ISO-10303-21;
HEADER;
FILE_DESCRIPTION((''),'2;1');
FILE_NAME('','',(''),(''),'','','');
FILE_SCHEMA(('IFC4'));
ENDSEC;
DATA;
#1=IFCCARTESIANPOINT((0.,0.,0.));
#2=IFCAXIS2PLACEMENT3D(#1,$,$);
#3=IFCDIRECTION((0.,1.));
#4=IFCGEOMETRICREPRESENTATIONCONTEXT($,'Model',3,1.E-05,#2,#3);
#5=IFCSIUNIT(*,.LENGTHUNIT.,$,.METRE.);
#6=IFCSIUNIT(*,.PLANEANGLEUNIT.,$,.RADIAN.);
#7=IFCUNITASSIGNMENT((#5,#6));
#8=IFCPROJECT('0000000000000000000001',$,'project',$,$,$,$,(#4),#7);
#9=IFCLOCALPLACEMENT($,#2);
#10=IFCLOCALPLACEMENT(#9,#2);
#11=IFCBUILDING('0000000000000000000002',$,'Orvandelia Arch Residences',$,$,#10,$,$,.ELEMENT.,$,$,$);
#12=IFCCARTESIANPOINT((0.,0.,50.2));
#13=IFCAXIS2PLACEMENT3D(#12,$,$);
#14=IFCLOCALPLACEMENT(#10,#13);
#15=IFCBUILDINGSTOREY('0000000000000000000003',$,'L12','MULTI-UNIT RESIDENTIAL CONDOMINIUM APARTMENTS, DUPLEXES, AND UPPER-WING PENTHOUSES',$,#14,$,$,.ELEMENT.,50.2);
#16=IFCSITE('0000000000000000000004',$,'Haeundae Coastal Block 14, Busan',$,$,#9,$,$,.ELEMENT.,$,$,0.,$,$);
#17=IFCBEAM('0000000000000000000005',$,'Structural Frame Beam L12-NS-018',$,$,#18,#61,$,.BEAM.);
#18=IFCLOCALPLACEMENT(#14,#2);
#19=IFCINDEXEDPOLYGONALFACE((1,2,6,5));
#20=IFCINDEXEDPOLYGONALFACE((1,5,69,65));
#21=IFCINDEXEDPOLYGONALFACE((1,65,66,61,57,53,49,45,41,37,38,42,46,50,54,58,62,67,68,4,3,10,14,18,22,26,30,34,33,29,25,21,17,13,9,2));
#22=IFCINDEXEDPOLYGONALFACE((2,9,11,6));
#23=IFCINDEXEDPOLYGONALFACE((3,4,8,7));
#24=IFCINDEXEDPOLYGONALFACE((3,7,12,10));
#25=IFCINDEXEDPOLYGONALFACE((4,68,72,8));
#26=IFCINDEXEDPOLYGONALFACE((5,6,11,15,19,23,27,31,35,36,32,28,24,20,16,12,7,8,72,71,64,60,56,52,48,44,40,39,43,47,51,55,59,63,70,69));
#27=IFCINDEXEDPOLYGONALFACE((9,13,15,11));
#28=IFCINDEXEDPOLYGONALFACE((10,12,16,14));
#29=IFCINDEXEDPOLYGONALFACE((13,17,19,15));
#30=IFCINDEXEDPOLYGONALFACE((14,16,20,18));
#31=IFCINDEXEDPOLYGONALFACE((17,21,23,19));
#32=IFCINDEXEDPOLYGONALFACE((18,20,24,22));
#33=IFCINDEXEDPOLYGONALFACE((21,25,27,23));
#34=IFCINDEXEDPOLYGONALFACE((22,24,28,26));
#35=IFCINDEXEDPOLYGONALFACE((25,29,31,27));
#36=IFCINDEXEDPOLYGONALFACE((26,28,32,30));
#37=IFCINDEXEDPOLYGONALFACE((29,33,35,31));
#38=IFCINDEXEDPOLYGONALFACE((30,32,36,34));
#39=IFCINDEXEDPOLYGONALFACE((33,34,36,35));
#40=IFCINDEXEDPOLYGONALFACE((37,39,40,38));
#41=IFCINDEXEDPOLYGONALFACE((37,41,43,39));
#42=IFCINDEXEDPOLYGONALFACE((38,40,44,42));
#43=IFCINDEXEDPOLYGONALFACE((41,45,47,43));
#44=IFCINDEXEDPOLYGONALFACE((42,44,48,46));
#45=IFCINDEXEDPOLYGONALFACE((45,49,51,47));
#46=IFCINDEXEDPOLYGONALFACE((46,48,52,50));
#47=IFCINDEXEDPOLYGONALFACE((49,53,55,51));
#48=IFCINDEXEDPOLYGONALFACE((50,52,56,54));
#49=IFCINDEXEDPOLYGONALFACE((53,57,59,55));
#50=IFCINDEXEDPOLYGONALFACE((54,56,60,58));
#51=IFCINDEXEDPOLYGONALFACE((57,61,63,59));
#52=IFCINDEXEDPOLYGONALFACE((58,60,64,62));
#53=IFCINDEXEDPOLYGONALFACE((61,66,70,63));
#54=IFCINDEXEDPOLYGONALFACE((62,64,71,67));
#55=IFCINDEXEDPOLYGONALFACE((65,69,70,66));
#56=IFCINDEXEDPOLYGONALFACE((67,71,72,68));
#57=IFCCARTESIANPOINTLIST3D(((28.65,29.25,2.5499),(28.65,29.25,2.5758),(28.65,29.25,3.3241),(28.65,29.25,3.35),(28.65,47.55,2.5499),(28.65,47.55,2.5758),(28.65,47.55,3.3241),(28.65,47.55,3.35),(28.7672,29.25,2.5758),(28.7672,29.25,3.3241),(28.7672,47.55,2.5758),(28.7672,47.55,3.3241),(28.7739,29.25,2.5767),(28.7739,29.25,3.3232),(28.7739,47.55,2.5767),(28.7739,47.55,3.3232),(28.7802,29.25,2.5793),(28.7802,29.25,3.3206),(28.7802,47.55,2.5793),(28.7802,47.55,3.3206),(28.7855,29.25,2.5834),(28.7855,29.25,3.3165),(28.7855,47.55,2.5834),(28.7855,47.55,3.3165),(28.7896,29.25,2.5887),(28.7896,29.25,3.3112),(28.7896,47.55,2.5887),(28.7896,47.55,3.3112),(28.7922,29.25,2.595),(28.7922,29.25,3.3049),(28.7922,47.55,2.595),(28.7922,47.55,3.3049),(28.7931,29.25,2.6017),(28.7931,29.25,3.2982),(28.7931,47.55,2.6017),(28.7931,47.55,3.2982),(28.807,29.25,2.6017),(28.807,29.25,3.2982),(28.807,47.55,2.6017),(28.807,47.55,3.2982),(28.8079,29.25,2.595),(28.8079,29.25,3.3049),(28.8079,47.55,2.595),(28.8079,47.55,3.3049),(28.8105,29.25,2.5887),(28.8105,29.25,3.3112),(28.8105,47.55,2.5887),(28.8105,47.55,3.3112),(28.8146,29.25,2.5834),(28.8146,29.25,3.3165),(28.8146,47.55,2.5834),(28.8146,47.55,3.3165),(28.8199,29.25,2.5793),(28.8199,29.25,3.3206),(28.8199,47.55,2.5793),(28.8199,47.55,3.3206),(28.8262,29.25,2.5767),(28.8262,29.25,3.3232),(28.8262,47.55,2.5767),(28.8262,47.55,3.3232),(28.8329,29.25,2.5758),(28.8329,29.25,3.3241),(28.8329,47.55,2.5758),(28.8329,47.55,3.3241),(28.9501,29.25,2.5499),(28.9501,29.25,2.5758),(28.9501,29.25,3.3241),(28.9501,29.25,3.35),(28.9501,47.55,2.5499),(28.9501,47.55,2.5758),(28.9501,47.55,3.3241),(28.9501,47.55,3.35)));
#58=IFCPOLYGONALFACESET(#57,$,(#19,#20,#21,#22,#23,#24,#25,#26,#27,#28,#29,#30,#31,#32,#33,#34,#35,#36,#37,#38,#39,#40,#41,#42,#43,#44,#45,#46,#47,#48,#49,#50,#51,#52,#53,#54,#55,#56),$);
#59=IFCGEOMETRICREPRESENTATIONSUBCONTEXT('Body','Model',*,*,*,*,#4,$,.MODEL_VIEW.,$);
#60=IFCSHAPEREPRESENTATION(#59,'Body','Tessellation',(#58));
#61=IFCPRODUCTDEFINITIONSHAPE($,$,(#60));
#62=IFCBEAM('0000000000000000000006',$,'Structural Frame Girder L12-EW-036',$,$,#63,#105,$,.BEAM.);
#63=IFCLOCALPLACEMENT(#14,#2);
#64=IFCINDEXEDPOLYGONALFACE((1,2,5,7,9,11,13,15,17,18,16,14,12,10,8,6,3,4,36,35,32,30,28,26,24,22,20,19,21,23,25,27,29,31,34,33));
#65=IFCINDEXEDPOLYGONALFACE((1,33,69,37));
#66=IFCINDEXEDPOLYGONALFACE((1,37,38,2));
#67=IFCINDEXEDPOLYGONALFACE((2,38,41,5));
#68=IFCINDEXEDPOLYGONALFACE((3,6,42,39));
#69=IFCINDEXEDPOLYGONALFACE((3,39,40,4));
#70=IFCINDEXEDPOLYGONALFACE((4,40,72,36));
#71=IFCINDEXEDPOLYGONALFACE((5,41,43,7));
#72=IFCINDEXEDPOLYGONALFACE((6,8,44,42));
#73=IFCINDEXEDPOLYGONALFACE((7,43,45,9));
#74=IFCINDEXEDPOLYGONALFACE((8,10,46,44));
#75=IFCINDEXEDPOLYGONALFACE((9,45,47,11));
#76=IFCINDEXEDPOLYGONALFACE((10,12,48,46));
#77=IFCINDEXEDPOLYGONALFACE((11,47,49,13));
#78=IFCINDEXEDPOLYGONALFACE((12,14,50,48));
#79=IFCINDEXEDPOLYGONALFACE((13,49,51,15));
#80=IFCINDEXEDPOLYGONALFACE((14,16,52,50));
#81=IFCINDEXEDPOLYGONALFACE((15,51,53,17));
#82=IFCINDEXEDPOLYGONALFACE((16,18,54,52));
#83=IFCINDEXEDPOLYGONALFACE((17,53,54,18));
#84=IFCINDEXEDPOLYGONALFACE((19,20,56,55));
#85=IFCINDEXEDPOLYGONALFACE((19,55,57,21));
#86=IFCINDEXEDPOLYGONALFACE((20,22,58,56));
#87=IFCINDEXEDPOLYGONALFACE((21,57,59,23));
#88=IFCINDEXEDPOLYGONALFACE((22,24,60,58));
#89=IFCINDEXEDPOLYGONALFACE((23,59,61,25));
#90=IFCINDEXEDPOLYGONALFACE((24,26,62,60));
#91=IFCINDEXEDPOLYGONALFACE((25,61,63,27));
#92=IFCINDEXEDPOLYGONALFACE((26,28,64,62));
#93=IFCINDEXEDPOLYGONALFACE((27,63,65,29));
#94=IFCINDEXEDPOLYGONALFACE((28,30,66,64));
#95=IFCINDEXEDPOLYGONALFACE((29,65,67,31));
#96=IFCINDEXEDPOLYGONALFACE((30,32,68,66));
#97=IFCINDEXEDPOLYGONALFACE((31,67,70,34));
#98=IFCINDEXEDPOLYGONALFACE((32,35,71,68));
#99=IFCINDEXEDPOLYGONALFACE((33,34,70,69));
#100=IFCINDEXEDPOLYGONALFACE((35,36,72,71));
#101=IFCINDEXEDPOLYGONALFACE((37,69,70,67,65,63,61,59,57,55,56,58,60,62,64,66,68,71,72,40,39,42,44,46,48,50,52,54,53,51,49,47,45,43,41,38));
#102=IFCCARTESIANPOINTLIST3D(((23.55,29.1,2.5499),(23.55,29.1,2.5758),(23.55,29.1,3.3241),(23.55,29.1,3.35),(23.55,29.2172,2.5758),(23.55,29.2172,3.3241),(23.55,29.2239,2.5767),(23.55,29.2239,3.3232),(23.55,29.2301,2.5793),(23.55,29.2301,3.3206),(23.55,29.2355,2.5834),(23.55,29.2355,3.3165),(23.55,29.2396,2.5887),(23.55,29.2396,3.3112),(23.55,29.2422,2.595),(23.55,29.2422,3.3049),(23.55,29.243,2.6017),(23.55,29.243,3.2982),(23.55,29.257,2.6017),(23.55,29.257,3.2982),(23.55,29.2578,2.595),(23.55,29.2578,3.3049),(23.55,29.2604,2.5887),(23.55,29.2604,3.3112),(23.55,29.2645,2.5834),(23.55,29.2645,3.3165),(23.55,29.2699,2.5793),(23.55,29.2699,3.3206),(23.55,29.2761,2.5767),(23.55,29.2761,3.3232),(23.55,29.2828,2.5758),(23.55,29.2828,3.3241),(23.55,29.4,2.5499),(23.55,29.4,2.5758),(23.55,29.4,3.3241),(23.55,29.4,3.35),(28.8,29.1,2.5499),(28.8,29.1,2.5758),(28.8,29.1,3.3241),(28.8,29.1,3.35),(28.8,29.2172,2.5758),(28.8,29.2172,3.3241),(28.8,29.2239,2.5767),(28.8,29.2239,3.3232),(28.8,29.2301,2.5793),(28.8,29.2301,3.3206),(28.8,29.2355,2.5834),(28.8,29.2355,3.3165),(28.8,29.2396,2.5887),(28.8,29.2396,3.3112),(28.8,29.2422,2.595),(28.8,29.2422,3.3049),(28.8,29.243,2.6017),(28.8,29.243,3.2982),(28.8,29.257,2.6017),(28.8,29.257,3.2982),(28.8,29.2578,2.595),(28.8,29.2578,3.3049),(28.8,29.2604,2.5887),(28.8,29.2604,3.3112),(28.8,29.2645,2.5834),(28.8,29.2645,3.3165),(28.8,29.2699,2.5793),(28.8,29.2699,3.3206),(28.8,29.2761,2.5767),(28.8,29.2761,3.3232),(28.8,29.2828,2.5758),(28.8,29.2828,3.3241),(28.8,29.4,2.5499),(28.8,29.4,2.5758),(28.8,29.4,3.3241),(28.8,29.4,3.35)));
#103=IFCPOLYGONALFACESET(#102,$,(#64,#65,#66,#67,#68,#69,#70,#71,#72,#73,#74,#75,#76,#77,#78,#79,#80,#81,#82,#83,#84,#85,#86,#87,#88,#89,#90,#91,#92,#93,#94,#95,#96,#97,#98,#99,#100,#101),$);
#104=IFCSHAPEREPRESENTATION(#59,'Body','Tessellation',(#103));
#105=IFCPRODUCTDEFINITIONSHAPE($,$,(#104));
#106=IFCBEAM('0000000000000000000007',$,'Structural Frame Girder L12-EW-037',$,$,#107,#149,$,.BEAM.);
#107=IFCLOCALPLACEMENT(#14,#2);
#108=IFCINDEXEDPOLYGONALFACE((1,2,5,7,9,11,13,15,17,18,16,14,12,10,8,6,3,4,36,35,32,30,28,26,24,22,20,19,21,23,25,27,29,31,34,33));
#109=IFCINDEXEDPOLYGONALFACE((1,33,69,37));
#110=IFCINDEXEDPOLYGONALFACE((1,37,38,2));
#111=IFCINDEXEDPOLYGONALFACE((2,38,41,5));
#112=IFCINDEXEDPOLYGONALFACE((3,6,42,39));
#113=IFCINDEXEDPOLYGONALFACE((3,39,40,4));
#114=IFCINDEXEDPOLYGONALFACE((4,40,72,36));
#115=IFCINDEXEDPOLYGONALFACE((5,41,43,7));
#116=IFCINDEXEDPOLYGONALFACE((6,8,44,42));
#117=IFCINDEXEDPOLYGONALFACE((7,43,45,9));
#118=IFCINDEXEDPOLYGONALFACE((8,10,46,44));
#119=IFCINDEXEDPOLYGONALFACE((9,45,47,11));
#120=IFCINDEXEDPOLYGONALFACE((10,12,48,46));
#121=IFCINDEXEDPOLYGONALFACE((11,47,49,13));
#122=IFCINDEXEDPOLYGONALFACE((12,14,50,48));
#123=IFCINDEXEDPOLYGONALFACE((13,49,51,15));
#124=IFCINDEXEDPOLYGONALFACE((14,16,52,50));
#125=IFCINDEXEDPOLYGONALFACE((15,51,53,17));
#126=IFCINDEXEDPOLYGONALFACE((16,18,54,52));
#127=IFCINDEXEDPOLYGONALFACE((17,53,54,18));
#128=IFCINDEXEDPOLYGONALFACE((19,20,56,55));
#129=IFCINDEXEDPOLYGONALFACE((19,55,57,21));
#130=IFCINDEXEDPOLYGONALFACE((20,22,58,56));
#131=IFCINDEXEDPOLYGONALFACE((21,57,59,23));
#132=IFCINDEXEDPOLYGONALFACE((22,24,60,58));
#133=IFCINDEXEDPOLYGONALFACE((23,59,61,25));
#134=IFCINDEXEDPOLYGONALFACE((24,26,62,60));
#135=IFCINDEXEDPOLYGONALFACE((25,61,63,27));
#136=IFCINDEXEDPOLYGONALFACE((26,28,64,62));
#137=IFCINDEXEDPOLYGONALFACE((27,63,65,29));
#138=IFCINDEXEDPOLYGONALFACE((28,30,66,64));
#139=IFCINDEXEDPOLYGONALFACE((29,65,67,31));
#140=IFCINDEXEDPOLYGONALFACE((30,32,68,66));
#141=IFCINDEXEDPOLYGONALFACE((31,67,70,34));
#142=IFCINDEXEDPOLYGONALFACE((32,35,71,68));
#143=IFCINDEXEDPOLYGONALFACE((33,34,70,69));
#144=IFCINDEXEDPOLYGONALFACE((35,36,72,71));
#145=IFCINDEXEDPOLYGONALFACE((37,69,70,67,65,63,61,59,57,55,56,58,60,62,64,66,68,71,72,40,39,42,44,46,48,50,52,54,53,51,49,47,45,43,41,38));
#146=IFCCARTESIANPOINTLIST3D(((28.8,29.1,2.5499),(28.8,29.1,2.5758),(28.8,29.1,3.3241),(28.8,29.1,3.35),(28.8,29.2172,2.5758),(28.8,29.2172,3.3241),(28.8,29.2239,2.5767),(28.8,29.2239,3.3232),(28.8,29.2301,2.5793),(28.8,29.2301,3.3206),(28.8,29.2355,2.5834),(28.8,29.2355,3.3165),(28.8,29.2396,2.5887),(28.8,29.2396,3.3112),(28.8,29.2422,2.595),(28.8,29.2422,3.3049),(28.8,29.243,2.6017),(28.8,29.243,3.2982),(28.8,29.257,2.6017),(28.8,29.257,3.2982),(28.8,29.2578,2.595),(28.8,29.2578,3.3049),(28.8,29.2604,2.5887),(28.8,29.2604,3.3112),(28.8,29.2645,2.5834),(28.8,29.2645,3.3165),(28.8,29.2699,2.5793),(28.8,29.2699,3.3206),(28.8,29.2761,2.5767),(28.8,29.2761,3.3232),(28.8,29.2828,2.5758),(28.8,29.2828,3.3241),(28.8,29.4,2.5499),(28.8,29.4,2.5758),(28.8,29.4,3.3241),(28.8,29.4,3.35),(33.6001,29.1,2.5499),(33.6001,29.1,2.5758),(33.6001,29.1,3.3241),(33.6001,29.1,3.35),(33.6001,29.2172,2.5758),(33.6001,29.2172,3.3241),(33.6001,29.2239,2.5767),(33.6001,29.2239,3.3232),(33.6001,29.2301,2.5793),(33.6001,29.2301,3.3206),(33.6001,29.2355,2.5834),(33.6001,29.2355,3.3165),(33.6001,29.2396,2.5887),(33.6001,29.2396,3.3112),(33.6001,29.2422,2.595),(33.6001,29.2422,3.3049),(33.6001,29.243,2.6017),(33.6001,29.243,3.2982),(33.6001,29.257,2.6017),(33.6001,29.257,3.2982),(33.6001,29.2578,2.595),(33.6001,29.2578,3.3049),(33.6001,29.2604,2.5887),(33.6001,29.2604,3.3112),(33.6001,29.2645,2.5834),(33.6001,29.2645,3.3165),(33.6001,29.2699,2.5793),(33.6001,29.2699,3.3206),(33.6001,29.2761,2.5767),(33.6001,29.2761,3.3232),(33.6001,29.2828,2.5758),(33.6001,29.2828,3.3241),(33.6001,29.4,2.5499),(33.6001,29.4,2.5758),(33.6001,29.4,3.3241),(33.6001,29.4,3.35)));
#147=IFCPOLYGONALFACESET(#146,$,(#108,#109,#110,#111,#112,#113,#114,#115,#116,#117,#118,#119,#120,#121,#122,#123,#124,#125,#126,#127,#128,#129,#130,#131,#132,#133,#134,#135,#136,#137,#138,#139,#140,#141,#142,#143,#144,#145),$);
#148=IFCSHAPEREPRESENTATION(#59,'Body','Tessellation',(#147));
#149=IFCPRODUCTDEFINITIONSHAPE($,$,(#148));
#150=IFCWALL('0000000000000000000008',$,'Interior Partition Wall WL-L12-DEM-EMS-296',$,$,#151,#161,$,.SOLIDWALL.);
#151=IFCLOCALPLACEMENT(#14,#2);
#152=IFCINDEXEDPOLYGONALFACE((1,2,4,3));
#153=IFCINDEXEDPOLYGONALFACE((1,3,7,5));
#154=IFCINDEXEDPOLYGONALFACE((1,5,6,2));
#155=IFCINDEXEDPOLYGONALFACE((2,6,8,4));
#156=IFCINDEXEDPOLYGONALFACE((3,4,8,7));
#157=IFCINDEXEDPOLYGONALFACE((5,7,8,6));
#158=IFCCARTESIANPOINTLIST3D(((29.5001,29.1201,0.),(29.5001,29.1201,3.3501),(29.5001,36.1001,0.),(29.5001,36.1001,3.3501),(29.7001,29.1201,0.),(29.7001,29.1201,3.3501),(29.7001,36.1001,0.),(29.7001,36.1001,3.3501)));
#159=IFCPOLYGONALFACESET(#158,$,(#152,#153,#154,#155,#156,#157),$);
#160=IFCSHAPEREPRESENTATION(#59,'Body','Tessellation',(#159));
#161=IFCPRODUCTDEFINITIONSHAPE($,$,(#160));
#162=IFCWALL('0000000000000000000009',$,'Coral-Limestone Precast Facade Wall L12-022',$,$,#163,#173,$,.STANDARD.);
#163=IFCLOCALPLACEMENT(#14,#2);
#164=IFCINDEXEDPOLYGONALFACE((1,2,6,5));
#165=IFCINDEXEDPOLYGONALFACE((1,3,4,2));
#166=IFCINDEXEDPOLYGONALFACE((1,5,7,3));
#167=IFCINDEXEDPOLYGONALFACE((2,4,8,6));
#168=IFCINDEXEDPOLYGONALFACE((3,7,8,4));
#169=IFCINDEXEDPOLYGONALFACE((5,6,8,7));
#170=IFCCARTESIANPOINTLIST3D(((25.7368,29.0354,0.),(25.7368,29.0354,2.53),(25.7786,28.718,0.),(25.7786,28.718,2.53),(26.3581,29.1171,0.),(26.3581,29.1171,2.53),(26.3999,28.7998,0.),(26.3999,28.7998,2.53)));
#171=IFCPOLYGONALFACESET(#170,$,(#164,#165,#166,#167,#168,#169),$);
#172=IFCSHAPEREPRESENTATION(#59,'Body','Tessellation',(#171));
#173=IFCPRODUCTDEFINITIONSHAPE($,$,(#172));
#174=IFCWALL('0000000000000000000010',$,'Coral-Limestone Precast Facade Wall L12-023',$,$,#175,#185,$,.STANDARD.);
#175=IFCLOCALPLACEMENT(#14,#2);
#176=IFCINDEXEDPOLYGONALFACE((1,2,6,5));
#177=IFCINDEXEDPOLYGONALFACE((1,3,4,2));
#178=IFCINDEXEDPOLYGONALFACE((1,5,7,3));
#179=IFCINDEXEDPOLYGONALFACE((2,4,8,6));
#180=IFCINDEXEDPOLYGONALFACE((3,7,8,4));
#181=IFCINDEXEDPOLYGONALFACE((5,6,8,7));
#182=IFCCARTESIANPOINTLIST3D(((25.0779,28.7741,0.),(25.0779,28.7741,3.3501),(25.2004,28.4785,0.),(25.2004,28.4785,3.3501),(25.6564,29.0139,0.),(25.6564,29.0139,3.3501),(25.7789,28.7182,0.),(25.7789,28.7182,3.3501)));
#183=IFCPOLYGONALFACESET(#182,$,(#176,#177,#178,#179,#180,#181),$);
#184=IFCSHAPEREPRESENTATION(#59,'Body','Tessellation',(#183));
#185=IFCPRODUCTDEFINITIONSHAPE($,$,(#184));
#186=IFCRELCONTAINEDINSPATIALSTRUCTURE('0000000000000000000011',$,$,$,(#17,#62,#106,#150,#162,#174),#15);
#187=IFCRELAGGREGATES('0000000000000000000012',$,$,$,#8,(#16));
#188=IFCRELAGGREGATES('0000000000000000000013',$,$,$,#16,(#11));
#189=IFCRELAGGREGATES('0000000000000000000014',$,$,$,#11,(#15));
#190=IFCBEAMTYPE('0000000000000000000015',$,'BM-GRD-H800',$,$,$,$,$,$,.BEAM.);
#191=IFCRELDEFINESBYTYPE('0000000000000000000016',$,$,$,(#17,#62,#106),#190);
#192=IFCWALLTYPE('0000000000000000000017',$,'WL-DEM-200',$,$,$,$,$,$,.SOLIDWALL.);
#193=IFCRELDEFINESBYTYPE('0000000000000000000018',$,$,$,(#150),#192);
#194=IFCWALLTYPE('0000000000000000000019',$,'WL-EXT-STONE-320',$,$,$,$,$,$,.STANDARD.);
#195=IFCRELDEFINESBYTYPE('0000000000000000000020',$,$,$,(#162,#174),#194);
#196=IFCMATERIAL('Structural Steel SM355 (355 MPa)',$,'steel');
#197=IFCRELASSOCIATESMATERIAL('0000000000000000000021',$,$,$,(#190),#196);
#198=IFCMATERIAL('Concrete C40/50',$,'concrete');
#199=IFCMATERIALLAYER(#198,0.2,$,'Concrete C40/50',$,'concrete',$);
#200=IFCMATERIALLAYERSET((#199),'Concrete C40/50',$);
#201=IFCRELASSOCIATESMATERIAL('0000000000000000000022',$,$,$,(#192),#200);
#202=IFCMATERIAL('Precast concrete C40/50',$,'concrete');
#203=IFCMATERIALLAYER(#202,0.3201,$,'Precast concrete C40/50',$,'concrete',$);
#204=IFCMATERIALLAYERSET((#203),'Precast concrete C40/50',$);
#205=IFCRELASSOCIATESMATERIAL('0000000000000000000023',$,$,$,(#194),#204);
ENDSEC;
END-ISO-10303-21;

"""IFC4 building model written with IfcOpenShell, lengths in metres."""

from ifc_helpers import new_model, si_unit, direction, frame, frame_2d, origin, origin_2d, place, context, subcontext, project, spatial, rectangle, i_section, extrude, material, layer, layer_set, material_profile, profile_set, type_object, element, save


model = new_model("IFC4")

# Units and contexts
model_context = context("Model", 3, precision=1e-05, world=origin(), true_north=direction((0.0, 1.0)))
body_context = subcontext(model_context, "Body", "Model", "MODEL_VIEW")
ifc_project = project(units=[si_unit("LENGTHUNIT", "METRE"), si_unit("PLANEANGLEUNIT", "RADIAN")], contexts=[model_context])

# Site, building, storey
site_placement = place(None, origin())
site = spatial("IfcSite", under=ifc_project, at=site_placement, Name="Haeundae Coastal Block 14, Busan", CompositionType="ELEMENT", RefElevation=0.0)
building_placement = place(site_placement, origin())
building = spatial("IfcBuilding", under=site, at=building_placement, Name="Orvandelia Arch Residences", CompositionType="ELEMENT")
storey_placement = place(building_placement, frame((0.0, 0.0, 50.2)))
storey = spatial("IfcBuildingStorey", under=building, at=storey_placement, Name="L12", Description="MULTI-UNIT RESIDENTIAL CONDOMINIUM APARTMENTS, DUPLEXES, AND UPPER-WING PENTHOUSES", CompositionType="ELEMENT", Elevation=50.2)

# Beams
ifc_material_1 = material(Name="Structural Steel SM355 (355 MPa)", Category="steel")
ifc_material_profile_1 = material_profile(ifc_material_1, i_section(OverallWidth=0.3, OverallDepth=0.8, WebThickness=0.0139, FlangeThickness=0.0259, FilletRadius=0.0259, at=origin_2d()), Name="Structural Steel SM355 (355 MPa)", Category="steel")
ifc_profile_set_1 = profile_set([ifc_material_profile_1], Name="Structural Steel SM355 (355 MPa)")
beam_type = type_object("IfcBeamType", Name="BM-GRD-H800", PredefinedType="BEAM", material=ifc_profile_set_1)
beam_1_placement = place(storey_placement, frame((28.8, 29.25, 2.95), z_axis=(0.0, 1.0, 0.0), x_axis=(-1.0, 0.0, 0.0)))
element("IfcBeam", 1, at=beam_1_placement, inside=storey, type_object=beam_type, Name="Structural Frame Beam L12-NS-018", PredefinedType="BEAM", context=body_context, shape_type="SweptSolid", body=[
    extrude(i_section(OverallWidth=0.3, OverallDepth=0.8, WebThickness=0.0139, FlangeThickness=0.0259, FilletRadius=0.0259, at=origin_2d()), origin(), (0.0, 0.0, 1.0), 18.3),
])
beam_2_placement = place(storey_placement, frame((23.55, 29.25, 2.95), z_axis=(1.0, 0.0, 0.0), x_axis=(0.0, 1.0, 0.0)))
element("IfcBeam", 2, at=beam_2_placement, inside=storey, type_object=beam_type, Name="Structural Frame Girder L12-EW-036", PredefinedType="BEAM", context=body_context, shape_type="SweptSolid", body=[
    extrude(i_section(OverallWidth=0.3, OverallDepth=0.8, WebThickness=0.0139, FlangeThickness=0.0259, FilletRadius=0.0259, at=origin_2d()), origin(), (0.0, 0.0, 1.0), 5.25),
])
beam_3_placement = place(storey_placement, frame((28.8, 29.25, 2.95), z_axis=(1.0, 0.0, 0.0), x_axis=(0.0, 1.0, 0.0)))
element("IfcBeam", 3, at=beam_3_placement, inside=storey, type_object=beam_type, Name="Structural Frame Girder L12-EW-037", PredefinedType="BEAM", context=body_context, shape_type="SweptSolid", body=[
    extrude(i_section(OverallWidth=0.3, OverallDepth=0.8, WebThickness=0.0139, FlangeThickness=0.0259, FilletRadius=0.0259, at=origin_2d()), origin(), (0.0, 0.0, 1.0), 4.8),
])

# Walls
ifc_material_2 = material(Name="Concrete C40/50", Category="concrete")
ifc_layer_1 = layer(ifc_material_2, 0.2, Name="Concrete C40/50", Category="concrete")
ifc_layer_set_1 = layer_set([ifc_layer_1], Name="Concrete C40/50")
wall_type_1 = type_object("IfcWallType", Name="WL-DEM-200", PredefinedType="SOLIDWALL", material=ifc_layer_set_1)
wall_1_placement = place(storey_placement, frame((29.6001, 29.1201, 0.0), z_axis=(0.0, 0.0, 1.0), x_axis=(0.0, 1.0, 0.0)))
element("IfcWall", 4, at=wall_1_placement, inside=storey, type_object=wall_type_1, Name="Interior Partition Wall WL-L12-DEM-EMS-296", PredefinedType="SOLIDWALL", context=body_context, shape_type="SweptSolid", body=[
    extrude(rectangle(XDim=6.98, YDim=0.2, at=frame_2d((3.49, 0.0))), origin(), (0.0, 0.0, 1.0), 3.3501),
])
ifc_material_3 = material(Name="Precast concrete C40/50", Category="concrete")
ifc_layer_2 = layer(ifc_material_3, 0.3201, Name="Precast concrete C40/50", Category="concrete")
ifc_layer_set_2 = layer_set([ifc_layer_2], Name="Precast concrete C40/50")
wall_type_2 = type_object("IfcWallType", Name="WL-EXT-STONE-320", PredefinedType="STANDARD", material=ifc_layer_set_2)
wall_2_placement = place(storey_placement, frame((26.3792, 28.9585, 0.0), z_axis=(0.0, 0.0, 1.0), x_axis=(-0.991448, -0.130505, 0.0)))
element("IfcWall", 5, at=wall_2_placement, inside=storey, type_object=wall_type_2, Name="Coral-Limestone Precast Facade Wall L12-022", PredefinedType="STANDARD", context=body_context, shape_type="SweptSolid", body=[
    extrude(rectangle(XDim=0.6267, YDim=0.3201, at=frame_2d((0.3135, 0.0))), origin(), (0.0, 0.0, 1.0), 2.53),
])
wall_3_placement = place(storey_placement, frame((25.7175, 28.866, 0.0), z_axis=(0.0, 0.0, 1.0), x_axis=(-0.923836, -0.382788, 0.0)))
element("IfcWall", 6, at=wall_3_placement, inside=storey, type_object=wall_type_2, Name="Coral-Limestone Precast Facade Wall L12-023", PredefinedType="STANDARD", context=body_context, shape_type="SweptSolid", body=[
    extrude(rectangle(XDim=0.6262, YDim=0.3201, at=frame_2d((0.313, 0.0))), origin(), (0.0, 0.0, 1.0), 3.3501),
])

save(model, "model.ifc")
